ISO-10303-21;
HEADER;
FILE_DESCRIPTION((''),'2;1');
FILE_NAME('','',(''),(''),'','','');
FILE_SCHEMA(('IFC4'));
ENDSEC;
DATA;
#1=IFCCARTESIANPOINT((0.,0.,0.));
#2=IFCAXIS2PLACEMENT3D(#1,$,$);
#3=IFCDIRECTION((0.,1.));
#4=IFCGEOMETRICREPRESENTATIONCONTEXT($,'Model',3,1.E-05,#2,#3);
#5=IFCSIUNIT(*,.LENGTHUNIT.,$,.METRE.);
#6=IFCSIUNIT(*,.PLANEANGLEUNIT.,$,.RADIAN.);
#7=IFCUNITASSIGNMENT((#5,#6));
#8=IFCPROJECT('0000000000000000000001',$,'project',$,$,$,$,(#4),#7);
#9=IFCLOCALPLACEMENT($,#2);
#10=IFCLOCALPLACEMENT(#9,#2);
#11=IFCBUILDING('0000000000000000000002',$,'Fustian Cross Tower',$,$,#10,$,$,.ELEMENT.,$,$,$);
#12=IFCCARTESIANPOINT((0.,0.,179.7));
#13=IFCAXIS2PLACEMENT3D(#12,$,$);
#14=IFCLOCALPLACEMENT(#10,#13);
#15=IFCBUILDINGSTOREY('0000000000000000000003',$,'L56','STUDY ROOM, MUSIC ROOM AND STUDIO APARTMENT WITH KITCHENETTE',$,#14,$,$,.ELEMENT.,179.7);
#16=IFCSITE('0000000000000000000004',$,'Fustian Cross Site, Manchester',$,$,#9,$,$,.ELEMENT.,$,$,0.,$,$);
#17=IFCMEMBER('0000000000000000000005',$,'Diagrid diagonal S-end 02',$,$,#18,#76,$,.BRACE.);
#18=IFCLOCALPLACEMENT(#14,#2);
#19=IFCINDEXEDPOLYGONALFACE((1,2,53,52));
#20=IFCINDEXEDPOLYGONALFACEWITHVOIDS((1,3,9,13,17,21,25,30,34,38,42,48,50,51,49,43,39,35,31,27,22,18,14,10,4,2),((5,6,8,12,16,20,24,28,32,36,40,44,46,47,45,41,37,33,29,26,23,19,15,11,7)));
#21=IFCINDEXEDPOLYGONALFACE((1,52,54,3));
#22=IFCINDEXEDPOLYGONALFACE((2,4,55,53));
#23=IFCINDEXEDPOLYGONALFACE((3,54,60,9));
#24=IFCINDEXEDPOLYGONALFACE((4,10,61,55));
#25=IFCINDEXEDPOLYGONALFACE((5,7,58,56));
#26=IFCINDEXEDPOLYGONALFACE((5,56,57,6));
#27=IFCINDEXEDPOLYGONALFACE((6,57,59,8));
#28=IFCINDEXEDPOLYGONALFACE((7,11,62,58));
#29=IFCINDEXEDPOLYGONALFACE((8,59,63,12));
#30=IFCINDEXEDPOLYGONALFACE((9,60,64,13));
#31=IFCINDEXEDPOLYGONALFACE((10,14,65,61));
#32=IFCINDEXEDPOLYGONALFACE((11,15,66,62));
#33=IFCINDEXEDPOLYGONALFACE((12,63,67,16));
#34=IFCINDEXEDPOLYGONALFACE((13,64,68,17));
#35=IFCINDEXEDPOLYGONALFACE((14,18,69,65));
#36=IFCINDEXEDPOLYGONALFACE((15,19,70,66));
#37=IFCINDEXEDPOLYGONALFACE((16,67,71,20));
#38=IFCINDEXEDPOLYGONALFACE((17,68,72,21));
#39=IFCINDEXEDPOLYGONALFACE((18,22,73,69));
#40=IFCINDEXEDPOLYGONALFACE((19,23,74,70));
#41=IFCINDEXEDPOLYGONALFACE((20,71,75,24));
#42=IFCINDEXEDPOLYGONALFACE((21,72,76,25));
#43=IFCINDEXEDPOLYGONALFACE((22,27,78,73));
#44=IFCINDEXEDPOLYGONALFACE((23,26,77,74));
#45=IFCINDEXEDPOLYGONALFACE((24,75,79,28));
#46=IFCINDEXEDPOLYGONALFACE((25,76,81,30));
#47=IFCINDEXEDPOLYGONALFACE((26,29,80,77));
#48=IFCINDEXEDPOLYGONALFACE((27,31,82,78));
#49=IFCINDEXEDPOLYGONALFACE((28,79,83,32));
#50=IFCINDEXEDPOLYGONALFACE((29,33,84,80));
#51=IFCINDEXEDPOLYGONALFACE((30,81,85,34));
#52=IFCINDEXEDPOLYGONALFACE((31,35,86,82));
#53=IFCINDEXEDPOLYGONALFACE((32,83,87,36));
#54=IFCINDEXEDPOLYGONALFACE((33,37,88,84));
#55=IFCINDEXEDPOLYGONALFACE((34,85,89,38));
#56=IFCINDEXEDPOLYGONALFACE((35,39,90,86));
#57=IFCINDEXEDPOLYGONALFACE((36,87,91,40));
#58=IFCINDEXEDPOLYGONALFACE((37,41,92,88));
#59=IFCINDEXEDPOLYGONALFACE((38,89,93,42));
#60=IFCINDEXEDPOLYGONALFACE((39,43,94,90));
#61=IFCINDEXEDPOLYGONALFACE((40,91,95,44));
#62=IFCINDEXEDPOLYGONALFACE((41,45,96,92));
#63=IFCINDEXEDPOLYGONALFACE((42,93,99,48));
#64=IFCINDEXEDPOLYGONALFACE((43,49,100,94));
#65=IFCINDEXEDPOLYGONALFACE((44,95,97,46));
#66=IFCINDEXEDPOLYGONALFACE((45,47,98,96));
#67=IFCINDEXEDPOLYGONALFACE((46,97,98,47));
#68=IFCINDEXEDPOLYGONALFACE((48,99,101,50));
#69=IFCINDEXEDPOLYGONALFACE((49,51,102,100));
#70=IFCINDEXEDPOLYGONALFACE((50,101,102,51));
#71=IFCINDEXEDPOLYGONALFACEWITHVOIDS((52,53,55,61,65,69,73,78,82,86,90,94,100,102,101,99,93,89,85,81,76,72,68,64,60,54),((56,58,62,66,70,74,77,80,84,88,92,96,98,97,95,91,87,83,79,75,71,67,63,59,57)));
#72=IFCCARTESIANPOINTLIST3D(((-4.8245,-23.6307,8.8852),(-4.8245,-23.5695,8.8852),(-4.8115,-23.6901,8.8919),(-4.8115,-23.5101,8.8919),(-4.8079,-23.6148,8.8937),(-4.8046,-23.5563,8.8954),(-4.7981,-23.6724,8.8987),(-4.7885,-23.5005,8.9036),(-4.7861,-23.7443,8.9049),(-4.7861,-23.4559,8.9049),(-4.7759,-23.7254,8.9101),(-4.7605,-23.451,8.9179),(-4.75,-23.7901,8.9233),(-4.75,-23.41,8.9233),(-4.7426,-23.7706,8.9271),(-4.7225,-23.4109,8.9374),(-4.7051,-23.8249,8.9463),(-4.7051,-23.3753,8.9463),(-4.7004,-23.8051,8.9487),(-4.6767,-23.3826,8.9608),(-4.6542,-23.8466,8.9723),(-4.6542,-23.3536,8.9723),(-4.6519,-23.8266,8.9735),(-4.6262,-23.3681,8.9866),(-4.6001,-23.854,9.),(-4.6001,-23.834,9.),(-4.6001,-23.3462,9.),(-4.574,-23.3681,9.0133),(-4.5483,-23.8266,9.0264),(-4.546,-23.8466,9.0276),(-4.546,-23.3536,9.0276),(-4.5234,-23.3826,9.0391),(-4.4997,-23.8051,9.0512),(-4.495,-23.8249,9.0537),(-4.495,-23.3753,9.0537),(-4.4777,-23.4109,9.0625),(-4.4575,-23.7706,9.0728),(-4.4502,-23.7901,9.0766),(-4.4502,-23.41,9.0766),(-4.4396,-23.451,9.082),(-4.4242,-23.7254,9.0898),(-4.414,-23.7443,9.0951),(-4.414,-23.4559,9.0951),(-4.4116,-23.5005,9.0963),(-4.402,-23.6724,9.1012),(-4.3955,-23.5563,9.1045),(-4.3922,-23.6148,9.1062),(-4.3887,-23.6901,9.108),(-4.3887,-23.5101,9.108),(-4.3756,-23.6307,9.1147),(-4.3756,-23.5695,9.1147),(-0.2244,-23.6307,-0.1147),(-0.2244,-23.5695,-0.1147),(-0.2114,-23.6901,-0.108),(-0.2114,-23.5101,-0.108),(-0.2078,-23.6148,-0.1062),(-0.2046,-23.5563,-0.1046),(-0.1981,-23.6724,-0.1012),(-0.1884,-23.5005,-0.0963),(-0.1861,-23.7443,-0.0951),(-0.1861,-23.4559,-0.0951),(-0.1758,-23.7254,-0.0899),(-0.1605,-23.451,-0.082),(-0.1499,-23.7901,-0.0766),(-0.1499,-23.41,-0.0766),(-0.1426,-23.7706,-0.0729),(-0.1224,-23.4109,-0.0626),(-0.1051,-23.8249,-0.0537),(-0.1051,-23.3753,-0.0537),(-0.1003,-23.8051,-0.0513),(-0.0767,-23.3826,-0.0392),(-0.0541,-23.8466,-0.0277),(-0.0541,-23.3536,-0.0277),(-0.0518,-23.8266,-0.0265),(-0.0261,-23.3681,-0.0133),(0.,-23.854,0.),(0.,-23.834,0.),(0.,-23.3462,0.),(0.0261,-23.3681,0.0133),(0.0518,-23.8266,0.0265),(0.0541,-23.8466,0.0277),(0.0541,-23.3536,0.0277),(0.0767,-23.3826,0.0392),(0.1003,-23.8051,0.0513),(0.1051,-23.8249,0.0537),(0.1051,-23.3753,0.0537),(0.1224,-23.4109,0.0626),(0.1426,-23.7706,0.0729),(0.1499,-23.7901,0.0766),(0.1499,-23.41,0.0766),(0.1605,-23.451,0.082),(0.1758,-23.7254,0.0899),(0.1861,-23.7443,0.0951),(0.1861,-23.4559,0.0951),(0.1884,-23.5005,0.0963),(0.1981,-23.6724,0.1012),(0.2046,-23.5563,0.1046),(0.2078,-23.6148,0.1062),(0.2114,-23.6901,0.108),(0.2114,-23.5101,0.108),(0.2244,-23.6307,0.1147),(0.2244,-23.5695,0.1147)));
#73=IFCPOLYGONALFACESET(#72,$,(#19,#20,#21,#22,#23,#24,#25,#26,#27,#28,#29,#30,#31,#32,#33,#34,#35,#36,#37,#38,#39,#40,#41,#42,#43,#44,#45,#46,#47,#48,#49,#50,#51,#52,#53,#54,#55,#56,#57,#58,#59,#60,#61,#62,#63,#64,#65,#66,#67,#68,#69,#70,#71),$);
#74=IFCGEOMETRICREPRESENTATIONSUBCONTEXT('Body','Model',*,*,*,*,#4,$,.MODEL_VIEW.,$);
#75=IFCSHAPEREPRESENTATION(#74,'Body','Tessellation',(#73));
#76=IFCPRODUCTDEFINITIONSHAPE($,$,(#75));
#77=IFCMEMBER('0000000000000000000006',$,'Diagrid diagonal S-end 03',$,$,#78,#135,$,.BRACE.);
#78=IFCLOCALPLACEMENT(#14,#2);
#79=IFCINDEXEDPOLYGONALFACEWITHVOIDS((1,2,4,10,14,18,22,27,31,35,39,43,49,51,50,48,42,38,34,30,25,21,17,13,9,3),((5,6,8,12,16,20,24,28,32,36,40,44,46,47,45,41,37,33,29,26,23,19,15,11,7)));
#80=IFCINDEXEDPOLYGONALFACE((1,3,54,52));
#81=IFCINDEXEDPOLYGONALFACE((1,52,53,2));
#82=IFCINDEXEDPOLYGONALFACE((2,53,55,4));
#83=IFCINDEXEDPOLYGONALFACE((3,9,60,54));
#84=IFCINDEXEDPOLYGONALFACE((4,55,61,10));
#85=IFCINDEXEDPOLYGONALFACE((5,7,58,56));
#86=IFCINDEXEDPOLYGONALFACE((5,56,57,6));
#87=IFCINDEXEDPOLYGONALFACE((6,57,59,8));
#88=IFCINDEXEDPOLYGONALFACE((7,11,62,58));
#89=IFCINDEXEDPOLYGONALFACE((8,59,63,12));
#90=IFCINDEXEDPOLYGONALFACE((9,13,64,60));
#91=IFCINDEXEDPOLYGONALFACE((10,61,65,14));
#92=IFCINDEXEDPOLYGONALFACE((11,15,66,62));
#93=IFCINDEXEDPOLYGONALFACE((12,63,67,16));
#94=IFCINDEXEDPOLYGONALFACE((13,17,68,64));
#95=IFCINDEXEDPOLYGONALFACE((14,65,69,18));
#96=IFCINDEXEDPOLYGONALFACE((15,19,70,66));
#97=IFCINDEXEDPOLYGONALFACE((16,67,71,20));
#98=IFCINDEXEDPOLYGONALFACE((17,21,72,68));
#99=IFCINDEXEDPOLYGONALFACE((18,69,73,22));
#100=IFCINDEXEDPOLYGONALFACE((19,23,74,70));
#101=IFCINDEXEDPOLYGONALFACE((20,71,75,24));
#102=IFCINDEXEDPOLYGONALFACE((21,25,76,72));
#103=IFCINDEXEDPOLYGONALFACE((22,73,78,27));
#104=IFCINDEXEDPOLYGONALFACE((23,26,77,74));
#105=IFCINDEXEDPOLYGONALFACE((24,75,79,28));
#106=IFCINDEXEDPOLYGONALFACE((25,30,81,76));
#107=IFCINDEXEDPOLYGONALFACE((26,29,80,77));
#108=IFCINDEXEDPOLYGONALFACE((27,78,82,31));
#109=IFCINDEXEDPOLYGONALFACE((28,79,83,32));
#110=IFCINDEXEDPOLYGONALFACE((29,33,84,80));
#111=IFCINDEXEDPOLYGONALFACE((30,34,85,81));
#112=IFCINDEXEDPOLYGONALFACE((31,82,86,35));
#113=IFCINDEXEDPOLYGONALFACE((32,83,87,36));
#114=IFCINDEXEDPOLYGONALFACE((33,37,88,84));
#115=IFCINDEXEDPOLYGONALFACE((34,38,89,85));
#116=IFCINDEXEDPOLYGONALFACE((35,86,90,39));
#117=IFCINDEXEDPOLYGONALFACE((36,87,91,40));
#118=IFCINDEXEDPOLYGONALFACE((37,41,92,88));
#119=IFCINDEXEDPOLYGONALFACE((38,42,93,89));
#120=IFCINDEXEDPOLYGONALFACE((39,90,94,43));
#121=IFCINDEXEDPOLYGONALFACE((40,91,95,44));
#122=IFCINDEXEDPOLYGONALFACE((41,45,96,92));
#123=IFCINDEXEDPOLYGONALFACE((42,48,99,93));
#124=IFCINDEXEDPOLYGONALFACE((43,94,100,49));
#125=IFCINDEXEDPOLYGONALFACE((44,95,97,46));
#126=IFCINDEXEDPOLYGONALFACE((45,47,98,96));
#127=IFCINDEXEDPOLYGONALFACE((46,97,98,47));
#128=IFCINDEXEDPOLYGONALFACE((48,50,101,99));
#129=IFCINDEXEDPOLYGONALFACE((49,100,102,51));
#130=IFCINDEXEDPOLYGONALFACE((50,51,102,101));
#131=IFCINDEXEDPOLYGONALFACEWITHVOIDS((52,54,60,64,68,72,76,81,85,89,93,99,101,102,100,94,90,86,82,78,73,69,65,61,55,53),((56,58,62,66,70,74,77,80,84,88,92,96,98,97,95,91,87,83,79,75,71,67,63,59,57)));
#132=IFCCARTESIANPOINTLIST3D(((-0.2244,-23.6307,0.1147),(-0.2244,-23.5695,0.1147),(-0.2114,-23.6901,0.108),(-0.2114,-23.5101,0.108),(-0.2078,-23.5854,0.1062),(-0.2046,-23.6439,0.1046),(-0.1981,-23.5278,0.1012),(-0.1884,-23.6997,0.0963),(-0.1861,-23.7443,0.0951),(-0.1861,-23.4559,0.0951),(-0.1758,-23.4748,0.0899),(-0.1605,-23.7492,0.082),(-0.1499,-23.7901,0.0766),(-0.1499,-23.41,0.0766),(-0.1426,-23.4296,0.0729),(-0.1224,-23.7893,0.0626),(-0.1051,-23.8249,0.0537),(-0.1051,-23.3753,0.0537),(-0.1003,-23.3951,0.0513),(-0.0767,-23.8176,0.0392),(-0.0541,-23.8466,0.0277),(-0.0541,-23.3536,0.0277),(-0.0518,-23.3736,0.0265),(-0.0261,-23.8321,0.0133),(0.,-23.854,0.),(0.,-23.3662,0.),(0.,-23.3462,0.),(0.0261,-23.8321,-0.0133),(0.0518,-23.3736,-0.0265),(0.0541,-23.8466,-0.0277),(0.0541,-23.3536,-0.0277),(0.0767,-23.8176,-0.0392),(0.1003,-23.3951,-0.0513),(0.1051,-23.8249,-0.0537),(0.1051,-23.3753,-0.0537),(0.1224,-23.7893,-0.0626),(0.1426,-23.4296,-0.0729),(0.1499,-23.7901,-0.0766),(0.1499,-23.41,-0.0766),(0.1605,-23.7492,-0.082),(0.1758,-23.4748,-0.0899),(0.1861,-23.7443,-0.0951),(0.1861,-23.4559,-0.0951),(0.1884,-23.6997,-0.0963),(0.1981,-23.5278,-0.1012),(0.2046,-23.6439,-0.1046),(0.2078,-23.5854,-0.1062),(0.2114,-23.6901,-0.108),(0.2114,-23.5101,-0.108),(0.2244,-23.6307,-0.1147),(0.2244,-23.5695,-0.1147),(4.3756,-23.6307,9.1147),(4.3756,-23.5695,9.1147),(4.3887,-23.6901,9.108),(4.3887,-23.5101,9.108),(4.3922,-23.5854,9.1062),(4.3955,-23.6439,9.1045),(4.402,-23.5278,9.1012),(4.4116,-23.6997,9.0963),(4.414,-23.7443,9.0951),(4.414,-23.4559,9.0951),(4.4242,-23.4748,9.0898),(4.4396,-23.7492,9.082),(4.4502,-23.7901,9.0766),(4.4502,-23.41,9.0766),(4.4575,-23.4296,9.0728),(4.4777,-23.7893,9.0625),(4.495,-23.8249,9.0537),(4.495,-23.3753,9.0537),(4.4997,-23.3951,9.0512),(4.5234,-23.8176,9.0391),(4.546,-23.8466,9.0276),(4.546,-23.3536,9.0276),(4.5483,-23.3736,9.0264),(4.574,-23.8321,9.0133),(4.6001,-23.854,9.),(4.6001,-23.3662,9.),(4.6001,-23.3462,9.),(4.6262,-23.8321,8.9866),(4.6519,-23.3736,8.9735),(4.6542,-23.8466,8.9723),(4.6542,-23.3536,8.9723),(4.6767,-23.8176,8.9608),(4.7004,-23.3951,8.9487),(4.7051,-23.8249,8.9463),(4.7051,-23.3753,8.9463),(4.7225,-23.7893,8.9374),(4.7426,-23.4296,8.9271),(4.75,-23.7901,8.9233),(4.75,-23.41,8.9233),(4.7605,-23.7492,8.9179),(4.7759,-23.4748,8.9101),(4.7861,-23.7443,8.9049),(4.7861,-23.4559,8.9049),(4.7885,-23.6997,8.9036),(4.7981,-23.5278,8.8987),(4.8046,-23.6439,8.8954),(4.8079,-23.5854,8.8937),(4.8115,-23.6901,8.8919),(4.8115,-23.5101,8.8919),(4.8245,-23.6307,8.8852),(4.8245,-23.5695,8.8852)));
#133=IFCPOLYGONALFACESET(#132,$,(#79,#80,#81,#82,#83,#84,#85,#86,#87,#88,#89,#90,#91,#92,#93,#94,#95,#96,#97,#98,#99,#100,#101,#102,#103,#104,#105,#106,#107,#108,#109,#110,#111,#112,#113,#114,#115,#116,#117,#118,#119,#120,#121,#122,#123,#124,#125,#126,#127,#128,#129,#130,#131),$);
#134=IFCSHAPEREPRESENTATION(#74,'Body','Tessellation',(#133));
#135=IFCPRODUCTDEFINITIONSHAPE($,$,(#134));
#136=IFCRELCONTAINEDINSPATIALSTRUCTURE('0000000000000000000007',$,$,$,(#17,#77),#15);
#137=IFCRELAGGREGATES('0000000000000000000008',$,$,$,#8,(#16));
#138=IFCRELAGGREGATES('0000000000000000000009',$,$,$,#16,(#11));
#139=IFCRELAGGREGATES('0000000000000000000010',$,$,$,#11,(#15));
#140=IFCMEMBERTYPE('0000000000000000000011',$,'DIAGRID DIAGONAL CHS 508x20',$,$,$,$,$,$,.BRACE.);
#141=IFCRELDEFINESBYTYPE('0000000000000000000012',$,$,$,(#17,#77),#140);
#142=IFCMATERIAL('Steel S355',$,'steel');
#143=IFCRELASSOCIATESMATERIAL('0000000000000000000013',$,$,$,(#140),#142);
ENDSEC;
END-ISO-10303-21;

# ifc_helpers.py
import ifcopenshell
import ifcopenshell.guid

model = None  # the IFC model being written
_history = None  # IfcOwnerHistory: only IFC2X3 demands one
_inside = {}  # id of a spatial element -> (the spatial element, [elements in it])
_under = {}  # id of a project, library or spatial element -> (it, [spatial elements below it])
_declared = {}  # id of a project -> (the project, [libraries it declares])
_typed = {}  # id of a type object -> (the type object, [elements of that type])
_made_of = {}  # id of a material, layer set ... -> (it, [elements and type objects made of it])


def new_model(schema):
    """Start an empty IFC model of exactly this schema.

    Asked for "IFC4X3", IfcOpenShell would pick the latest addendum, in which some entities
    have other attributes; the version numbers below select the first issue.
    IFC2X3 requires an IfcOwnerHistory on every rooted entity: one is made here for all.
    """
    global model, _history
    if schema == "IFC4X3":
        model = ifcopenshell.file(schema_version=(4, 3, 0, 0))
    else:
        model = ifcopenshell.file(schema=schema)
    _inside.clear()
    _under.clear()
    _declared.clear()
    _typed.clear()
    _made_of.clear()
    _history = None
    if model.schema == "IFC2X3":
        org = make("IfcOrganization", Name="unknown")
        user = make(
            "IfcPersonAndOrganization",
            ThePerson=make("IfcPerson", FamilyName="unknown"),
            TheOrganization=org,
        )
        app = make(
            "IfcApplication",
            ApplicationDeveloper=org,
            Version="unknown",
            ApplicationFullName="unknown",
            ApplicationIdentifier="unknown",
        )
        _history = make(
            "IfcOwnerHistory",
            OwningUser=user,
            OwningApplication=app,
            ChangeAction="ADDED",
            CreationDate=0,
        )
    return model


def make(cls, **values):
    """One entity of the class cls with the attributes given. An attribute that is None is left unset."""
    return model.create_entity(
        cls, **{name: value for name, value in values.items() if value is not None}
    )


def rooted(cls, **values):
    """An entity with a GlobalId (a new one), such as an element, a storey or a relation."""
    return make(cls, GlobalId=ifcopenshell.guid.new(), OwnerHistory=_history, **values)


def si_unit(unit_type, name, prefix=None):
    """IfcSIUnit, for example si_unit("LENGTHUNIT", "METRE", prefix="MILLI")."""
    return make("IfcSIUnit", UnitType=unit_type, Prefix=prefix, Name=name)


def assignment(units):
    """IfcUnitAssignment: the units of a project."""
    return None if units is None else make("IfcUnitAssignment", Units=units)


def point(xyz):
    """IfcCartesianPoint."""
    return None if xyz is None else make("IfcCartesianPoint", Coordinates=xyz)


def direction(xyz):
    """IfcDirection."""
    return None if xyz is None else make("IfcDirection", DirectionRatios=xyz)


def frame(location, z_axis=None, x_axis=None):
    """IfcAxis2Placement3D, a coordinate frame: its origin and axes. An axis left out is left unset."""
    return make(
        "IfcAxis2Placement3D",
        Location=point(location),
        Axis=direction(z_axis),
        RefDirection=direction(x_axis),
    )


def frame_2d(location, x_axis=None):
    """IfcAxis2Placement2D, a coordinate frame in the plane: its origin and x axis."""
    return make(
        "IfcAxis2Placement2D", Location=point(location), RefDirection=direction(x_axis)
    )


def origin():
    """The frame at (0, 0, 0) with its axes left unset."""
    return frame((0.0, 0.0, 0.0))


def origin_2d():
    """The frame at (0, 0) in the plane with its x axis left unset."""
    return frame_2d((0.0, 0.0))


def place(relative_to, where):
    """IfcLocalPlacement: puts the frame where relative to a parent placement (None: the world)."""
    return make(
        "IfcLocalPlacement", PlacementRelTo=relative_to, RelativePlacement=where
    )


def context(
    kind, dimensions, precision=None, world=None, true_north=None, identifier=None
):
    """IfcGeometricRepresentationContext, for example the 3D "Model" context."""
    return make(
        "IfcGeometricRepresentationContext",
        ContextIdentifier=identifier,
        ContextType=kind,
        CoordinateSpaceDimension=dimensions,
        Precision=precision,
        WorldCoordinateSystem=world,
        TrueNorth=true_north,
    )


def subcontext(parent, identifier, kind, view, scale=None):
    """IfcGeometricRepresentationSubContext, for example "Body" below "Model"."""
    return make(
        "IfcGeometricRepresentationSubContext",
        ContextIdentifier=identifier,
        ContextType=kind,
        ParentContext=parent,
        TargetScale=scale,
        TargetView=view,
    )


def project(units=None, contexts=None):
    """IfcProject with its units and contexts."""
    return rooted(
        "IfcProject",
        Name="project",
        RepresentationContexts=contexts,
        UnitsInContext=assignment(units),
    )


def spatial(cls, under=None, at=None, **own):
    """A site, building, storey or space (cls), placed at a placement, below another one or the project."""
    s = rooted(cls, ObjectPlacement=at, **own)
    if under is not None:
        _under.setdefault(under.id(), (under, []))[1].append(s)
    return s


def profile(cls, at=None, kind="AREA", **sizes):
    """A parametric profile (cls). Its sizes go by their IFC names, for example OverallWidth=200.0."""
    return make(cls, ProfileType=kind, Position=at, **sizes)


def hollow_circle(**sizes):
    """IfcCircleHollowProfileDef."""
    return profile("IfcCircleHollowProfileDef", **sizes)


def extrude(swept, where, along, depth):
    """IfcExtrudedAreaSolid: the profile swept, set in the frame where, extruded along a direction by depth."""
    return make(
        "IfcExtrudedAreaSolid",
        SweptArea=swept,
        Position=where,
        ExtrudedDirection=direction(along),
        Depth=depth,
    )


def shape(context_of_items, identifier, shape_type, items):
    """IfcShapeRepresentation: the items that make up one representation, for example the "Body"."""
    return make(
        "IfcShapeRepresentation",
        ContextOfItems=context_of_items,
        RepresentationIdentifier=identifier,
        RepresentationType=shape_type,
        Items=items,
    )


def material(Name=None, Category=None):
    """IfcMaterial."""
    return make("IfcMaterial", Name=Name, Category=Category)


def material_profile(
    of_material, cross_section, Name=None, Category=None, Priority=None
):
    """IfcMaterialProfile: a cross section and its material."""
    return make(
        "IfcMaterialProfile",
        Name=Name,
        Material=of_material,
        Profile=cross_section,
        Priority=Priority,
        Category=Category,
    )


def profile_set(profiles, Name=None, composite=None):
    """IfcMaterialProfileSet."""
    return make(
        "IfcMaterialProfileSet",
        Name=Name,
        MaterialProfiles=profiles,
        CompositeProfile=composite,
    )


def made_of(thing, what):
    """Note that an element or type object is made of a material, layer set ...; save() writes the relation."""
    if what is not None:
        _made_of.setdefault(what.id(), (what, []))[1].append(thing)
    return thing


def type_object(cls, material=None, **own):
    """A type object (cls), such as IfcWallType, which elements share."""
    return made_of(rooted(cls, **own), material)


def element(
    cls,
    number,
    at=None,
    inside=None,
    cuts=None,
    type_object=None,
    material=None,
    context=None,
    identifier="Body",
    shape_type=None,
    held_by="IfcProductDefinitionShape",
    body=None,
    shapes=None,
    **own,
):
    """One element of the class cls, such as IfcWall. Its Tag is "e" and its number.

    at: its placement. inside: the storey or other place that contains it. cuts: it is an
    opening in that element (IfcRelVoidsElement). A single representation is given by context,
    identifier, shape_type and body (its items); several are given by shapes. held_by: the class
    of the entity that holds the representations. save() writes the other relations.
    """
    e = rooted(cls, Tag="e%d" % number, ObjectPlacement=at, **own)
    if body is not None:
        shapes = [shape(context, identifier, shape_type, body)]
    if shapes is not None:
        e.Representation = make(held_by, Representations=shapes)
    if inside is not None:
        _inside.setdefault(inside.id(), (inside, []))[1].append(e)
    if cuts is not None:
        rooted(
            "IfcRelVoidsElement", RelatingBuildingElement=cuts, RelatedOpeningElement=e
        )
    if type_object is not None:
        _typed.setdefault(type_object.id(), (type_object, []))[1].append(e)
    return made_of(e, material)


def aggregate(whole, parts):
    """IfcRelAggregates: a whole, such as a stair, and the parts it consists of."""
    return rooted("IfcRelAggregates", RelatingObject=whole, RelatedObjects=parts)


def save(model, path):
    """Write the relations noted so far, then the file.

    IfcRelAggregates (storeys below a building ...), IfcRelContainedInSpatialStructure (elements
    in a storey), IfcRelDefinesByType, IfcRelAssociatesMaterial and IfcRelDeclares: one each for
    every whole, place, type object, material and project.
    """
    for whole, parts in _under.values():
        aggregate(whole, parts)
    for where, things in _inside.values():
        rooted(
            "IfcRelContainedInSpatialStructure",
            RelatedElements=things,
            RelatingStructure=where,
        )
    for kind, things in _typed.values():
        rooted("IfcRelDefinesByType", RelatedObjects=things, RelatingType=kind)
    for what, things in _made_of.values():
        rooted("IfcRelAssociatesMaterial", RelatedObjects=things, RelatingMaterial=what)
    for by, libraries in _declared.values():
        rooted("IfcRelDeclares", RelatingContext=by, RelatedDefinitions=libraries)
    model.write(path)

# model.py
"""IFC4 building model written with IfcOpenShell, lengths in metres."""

from ifc_helpers import new_model, si_unit, direction, frame, origin, origin_2d, place, context, subcontext, project, spatial, hollow_circle, extrude, material, material_profile, profile_set, type_object, element, save


model = new_model("IFC4")

# Units and contexts
model_context = context("Model", 3, precision=1e-05, world=origin(), true_north=direction((0.0, 1.0)))
body_context = subcontext(model_context, "Body", "Model", "MODEL_VIEW")
ifc_project = project(units=[si_unit("LENGTHUNIT", "METRE"), si_unit("PLANEANGLEUNIT", "RADIAN")], contexts=[model_context])

# Site, building, storey
site_placement = place(None, origin())
site = spatial("IfcSite", under=ifc_project, at=site_placement, Name="Fustian Cross Site, Manchester", CompositionType="ELEMENT", RefElevation=0.0)
building_placement = place(site_placement, origin())
building = spatial("IfcBuilding", under=site, at=building_placement, Name="Fustian Cross Tower", CompositionType="ELEMENT")
storey_placement = place(building_placement, frame((0.0, 0.0, 179.7)))
storey = spatial("IfcBuildingStorey", under=building, at=storey_placement, Name="L56", Description="STUDY ROOM, MUSIC ROOM AND STUDIO APARTMENT WITH KITCHENETTE", CompositionType="ELEMENT", Elevation=179.7)

# Members
ifc_material_1 = material(Name="Steel S355", Category="steel")
ifc_material_profile = material_profile(ifc_material_1, hollow_circle(Radius=0.2539, WallThickness=0.02, at=origin_2d()), Name="CHS 508x20")
ifc_profile_set = profile_set([ifc_material_profile], Name="Steel S355")
member_type = type_object("IfcMemberType", Name="DIAGRID DIAGONAL CHS 508x20", PredefinedType="BRACE", material=ifc_profile_set)
for number, where, z_axis, x_axis, name in (
    (1, (0.0, -23.6001, 0.0), (-0.455119, 0.0, 0.890431), (0.0, -1.0, 0.0), "Diagrid diagonal S-end 02"),
    (2, (0.0, -23.6001, 0.0), (0.455119, 0.0, 0.890431), (0.0, 1.0, 0.0), "Diagrid diagonal S-end 03"),
):
    element("IfcMember", number, at=place(storey_placement, frame(where, z_axis=z_axis, x_axis=x_axis)), inside=storey, type_object=member_type, Name=name, PredefinedType="BRACE", context=body_context, shape_type="SweptSolid", body=[
        extrude(hollow_circle(Radius=0.2539, WallThickness=0.02, at=origin_2d()), origin(), (0.0, 0.0, 1.0), 10.1074),
    ])

save(model, "model.ifc")
